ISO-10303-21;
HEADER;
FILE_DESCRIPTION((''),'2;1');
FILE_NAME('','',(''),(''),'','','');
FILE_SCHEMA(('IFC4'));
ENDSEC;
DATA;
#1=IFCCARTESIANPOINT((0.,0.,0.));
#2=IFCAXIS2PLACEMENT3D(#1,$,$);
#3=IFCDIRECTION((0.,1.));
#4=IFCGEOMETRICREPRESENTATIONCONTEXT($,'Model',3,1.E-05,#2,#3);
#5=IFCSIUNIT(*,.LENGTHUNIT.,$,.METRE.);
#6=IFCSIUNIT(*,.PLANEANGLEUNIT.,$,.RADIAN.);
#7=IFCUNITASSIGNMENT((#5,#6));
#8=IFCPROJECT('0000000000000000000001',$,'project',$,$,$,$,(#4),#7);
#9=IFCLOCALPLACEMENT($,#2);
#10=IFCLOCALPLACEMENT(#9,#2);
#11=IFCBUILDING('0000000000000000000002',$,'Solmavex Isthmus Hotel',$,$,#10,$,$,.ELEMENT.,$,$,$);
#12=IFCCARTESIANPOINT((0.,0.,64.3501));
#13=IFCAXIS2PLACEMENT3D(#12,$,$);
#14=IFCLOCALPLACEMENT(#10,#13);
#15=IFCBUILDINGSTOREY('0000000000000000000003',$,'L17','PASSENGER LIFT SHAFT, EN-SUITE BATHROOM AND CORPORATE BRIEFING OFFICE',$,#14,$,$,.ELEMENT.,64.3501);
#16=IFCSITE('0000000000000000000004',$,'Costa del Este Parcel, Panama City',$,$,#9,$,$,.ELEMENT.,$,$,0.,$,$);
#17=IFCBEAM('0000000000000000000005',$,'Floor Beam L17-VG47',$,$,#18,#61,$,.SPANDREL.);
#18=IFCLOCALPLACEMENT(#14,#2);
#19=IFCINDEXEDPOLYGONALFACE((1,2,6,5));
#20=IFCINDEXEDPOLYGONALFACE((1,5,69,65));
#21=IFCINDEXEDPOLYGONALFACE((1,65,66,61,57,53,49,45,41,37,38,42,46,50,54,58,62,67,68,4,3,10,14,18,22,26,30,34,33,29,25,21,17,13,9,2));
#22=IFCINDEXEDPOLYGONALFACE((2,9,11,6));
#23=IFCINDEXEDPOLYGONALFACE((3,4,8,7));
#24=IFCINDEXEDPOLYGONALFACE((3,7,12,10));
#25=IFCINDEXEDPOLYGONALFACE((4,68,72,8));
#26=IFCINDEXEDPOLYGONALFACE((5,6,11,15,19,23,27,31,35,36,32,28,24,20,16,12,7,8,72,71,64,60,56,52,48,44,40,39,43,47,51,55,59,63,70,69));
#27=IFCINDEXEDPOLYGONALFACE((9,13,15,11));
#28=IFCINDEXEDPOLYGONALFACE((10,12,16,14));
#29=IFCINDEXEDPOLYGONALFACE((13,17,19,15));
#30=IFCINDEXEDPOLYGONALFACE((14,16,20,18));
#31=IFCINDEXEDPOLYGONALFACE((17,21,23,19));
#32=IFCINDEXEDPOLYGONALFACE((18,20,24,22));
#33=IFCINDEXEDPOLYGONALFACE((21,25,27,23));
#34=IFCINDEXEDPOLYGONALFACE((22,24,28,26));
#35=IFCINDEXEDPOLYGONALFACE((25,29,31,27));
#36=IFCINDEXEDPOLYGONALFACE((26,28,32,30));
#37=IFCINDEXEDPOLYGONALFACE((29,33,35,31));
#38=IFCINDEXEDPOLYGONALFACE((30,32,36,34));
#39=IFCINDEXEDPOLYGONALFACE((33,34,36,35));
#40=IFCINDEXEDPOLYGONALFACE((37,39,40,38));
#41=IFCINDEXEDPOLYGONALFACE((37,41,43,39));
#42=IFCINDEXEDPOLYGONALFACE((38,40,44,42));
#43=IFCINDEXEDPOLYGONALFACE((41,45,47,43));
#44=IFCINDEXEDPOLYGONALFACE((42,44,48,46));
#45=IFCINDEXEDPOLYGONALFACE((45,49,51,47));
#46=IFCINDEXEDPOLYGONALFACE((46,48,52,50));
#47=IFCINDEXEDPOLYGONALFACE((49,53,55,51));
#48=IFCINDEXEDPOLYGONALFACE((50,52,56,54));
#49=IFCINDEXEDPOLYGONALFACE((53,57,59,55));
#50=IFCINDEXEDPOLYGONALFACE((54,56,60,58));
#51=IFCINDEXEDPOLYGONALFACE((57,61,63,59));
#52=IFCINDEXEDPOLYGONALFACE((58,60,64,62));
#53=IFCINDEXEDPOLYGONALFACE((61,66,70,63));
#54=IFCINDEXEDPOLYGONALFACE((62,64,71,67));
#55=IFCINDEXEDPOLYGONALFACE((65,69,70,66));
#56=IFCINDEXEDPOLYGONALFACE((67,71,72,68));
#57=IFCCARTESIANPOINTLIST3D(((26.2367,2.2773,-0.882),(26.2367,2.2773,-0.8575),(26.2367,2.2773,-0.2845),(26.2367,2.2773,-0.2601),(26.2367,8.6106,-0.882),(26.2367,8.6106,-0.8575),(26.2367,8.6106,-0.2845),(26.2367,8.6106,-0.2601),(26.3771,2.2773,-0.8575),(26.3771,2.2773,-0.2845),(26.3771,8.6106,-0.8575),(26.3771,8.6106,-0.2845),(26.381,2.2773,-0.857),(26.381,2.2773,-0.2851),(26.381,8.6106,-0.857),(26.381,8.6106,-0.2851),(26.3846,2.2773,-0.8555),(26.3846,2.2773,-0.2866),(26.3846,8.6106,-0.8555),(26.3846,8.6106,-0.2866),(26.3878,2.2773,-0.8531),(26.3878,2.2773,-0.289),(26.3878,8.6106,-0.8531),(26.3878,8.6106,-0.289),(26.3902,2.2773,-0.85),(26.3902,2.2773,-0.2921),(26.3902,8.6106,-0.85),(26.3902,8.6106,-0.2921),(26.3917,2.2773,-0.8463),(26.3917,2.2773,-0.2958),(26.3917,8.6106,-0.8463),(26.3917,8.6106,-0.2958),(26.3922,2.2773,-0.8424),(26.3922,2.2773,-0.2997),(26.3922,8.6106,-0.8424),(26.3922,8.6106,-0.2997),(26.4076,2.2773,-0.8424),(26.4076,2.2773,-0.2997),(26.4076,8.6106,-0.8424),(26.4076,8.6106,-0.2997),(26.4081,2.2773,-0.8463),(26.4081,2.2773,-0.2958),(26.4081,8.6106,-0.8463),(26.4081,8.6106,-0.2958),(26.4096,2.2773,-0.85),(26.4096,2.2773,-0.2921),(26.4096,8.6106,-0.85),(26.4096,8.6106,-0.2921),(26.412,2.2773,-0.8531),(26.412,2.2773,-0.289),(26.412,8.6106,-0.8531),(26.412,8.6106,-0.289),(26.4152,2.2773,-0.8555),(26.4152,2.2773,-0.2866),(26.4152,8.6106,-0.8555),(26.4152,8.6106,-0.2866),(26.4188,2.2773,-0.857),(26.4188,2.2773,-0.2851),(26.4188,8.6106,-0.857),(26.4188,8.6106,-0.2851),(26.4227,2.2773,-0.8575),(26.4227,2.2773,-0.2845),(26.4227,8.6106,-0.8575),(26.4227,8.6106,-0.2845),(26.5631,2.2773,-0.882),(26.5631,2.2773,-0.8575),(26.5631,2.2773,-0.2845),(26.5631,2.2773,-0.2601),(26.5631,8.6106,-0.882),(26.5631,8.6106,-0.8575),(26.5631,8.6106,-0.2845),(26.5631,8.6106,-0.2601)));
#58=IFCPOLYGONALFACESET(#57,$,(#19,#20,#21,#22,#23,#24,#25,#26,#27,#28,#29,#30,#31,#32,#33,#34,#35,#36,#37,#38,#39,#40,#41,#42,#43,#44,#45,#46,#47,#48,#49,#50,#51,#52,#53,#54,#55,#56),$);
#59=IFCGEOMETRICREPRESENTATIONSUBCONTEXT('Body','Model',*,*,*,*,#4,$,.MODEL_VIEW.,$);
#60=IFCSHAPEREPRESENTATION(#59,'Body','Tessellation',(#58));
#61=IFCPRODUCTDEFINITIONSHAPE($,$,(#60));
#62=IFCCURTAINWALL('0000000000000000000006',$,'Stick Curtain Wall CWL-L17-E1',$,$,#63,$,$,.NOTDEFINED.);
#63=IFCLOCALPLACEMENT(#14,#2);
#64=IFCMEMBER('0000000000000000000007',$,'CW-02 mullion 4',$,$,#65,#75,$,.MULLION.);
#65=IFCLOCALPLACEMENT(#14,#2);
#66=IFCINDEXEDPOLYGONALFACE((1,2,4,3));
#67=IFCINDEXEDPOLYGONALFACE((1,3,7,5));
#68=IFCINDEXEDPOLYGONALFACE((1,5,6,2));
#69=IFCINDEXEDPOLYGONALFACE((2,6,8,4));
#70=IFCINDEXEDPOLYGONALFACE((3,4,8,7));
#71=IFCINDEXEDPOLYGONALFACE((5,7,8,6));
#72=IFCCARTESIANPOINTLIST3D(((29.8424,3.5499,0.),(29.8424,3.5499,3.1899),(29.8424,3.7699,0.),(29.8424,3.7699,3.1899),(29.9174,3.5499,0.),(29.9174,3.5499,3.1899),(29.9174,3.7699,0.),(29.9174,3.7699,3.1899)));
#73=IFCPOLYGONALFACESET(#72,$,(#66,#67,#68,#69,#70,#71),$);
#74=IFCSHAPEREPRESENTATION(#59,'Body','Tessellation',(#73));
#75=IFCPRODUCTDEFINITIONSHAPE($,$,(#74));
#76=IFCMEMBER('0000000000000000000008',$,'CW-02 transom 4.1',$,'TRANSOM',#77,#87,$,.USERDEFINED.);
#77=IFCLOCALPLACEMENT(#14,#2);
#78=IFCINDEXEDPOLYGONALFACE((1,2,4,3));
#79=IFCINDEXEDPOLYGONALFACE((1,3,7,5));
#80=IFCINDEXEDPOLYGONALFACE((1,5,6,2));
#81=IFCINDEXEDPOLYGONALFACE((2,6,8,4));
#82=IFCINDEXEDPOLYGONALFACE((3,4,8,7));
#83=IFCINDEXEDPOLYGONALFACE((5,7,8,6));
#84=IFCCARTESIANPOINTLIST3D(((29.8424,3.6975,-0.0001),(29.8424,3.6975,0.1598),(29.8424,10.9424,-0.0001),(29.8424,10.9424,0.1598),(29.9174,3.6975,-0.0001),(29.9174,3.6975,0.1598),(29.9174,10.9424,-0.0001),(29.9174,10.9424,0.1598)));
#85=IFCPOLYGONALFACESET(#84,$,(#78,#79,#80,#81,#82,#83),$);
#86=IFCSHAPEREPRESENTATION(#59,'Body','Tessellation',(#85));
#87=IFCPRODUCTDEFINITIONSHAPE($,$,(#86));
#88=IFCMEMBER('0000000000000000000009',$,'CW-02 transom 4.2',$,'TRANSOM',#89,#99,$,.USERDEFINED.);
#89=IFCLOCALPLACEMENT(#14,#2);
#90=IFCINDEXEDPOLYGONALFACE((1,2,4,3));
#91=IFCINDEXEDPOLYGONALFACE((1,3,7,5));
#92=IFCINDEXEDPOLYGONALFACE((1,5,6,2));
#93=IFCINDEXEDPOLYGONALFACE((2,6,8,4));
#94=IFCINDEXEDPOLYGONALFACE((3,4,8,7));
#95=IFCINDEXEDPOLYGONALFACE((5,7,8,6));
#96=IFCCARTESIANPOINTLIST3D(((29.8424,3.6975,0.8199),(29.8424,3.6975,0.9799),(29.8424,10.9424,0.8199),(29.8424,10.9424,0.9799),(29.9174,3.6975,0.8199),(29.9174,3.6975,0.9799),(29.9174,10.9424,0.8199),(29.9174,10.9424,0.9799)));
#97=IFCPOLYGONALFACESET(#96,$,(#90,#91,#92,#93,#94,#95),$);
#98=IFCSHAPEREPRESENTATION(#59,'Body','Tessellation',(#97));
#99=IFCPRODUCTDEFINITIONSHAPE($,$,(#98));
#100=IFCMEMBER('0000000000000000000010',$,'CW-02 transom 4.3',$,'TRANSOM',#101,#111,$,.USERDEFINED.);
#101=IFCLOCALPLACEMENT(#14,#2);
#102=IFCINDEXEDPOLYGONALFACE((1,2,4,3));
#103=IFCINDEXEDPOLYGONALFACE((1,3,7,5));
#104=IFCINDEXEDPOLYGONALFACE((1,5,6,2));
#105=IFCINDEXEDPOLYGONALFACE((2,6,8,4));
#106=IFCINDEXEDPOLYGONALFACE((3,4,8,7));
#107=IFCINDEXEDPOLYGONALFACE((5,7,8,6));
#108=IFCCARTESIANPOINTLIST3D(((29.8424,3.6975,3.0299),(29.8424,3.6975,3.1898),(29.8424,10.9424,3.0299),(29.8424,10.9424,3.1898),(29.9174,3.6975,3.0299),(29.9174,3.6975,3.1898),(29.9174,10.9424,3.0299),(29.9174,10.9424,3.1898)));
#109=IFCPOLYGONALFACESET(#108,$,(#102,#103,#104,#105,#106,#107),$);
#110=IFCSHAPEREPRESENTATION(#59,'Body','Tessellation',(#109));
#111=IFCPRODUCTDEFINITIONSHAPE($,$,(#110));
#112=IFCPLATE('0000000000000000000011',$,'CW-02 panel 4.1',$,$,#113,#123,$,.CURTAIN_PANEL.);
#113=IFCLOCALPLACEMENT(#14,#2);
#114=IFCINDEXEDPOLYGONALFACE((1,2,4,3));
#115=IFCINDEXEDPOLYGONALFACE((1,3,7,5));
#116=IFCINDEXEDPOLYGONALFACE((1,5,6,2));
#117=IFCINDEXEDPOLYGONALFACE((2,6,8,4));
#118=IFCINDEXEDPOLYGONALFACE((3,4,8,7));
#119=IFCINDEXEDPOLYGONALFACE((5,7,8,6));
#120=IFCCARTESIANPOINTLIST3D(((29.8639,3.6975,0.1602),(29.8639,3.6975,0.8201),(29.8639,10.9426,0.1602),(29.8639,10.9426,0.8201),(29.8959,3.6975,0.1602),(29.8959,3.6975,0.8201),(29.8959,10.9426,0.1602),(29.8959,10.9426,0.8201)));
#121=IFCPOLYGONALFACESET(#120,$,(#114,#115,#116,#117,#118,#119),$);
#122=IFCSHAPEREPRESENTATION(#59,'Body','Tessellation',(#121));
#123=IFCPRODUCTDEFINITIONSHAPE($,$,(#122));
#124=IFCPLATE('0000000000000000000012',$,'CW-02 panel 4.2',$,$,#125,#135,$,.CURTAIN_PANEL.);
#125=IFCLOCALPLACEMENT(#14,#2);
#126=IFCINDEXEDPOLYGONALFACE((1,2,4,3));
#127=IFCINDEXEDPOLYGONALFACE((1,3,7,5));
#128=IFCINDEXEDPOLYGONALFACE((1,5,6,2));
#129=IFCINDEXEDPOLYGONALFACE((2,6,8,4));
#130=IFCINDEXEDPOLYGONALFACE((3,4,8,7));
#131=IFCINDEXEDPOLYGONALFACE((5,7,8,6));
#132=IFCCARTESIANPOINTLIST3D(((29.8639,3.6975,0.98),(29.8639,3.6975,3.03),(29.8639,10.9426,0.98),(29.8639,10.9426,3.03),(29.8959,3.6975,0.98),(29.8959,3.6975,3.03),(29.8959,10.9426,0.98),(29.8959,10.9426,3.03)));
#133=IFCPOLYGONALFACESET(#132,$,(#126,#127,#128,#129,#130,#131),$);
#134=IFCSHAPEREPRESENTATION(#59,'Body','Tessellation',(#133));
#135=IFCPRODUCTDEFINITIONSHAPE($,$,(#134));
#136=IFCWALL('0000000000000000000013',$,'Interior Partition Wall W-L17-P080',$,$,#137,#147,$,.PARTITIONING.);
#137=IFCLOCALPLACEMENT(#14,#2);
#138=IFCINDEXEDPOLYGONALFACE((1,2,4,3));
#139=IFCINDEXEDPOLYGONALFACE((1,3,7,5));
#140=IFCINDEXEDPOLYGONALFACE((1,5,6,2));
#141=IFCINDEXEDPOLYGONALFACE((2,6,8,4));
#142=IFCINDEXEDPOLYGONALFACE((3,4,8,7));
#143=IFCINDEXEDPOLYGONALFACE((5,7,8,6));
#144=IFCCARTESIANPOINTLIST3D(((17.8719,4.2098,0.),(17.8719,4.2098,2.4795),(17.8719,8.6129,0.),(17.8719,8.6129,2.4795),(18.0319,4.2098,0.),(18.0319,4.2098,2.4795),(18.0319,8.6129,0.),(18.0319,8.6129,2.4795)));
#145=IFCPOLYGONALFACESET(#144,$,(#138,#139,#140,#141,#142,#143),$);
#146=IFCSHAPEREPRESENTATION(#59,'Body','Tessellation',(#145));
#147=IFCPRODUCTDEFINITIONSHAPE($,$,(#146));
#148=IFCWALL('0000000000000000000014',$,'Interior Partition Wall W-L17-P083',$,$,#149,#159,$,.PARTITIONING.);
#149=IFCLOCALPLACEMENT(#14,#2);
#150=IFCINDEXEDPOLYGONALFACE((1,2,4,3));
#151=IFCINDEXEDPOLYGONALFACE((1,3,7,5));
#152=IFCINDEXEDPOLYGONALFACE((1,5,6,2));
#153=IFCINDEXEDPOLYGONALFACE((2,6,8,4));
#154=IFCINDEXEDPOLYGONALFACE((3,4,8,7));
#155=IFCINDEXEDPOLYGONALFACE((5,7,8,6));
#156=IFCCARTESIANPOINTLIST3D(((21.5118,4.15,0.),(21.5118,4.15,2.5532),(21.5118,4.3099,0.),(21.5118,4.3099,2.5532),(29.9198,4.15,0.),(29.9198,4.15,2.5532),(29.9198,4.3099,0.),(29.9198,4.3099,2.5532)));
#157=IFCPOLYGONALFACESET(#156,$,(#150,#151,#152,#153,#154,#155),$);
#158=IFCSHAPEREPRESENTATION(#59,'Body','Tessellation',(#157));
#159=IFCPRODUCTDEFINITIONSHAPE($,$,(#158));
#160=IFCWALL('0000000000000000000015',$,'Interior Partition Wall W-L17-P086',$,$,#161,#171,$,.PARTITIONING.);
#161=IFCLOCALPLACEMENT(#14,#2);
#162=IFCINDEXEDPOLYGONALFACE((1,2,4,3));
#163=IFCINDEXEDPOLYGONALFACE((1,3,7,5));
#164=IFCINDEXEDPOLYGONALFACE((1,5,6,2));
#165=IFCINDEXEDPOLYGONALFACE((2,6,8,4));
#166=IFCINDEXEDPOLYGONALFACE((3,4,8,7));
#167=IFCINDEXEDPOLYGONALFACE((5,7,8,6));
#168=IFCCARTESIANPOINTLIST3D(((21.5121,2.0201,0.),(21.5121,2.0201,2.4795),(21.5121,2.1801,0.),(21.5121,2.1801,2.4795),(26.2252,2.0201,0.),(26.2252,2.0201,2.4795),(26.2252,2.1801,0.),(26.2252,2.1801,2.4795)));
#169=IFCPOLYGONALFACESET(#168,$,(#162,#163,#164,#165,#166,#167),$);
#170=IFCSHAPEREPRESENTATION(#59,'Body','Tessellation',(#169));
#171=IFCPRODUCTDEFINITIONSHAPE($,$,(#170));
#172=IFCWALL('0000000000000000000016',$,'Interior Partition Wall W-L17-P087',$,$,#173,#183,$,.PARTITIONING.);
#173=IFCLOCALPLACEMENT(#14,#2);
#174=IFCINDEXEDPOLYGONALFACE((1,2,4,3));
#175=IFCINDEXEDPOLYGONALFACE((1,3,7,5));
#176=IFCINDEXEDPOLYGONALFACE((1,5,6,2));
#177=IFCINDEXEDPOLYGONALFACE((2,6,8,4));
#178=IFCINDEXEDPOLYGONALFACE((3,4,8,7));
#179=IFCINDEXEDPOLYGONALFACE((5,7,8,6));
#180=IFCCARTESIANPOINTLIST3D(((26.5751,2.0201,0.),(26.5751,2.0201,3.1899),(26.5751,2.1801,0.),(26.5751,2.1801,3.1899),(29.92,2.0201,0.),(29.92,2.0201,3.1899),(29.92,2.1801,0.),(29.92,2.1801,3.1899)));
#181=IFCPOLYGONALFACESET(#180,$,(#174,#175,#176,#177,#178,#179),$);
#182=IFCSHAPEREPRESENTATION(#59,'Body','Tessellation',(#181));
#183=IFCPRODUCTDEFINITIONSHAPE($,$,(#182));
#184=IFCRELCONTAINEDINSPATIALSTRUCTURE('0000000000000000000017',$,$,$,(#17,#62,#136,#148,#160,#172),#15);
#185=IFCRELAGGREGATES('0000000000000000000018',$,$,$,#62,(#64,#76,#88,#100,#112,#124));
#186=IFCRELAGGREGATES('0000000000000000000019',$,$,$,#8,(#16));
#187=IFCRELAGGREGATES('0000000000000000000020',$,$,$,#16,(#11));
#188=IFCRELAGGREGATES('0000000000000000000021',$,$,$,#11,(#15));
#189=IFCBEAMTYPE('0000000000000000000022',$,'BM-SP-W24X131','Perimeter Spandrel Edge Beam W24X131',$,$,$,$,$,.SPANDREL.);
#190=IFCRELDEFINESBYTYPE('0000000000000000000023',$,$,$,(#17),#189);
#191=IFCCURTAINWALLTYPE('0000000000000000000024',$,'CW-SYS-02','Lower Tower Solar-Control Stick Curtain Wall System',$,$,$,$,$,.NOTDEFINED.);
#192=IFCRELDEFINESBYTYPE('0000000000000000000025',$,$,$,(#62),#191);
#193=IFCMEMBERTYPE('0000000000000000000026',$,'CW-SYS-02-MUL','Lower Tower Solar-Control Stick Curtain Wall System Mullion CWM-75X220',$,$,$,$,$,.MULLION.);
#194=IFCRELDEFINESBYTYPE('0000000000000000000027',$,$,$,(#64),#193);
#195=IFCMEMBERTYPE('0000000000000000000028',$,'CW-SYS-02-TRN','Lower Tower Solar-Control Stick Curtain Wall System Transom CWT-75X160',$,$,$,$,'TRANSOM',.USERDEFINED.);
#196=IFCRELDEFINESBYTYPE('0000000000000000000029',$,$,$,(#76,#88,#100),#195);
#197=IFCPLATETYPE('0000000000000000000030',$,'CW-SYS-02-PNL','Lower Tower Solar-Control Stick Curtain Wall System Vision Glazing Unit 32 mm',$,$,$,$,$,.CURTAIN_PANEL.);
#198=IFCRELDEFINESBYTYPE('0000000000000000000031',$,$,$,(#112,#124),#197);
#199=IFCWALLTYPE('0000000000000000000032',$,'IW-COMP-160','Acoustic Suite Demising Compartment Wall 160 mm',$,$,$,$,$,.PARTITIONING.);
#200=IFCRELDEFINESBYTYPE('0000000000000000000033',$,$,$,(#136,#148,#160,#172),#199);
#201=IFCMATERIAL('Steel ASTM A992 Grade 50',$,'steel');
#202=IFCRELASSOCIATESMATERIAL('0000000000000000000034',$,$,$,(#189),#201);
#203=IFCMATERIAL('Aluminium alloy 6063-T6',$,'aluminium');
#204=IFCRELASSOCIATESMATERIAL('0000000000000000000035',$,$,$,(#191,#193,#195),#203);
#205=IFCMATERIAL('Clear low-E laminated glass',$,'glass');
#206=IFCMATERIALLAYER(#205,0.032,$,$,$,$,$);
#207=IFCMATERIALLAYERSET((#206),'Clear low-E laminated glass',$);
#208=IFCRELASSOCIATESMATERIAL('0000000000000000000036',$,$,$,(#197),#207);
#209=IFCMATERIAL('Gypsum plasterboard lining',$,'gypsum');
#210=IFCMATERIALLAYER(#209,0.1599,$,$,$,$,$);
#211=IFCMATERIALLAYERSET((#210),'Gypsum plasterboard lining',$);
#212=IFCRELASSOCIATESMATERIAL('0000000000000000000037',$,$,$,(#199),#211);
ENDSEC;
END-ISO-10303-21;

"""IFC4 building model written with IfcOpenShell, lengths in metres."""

from ifc_helpers import new_model, si_unit, direction, frame, frame_2d, origin, origin_2d, place, context, subcontext, project, spatial, rectangle, i_section, extrude, material, layer, layer_set, material_profile, profile_set, type_object, element, aggregate, save


model = new_model("IFC4")

# Units and contexts
model_context = context("Model", 3, precision=1e-05, world=origin(), true_north=direction((0.0, 1.0)))
body_context = subcontext(model_context, "Body", "Model", "MODEL_VIEW")
ifc_project = project(units=[si_unit("LENGTHUNIT", "METRE"), si_unit("PLANEANGLEUNIT", "RADIAN")], contexts=[model_context])

# Site, building, storey
site_placement = place(None, origin())
site = spatial("IfcSite", under=ifc_project, at=site_placement, Name="Costa del Este Parcel, Panama City", CompositionType="ELEMENT", RefElevation=0.0)
building_placement = place(site_placement, origin())
building = spatial("IfcBuilding", under=site, at=building_placement, Name="Solmavex Isthmus Hotel", CompositionType="ELEMENT")
storey_placement = place(building_placement, frame((0.0, 0.0, 64.3501)))
storey = spatial("IfcBuildingStorey", under=building, at=storey_placement, Name="L17", Description="PASSENGER LIFT SHAFT, EN-SUITE BATHROOM AND CORPORATE BRIEFING OFFICE", CompositionType="ELEMENT", Elevation=64.3501)

# Beam
ifc_material_1 = material(Name="Steel ASTM A992 Grade 50", Category="steel")
ifc_material_profile_1 = material_profile(ifc_material_1, i_section(OverallWidth=0.3264, OverallDepth=0.6218, WebThickness=0.0154, FlangeThickness=0.0244, FilletRadius=0.0151, at=origin_2d()), Name="W24X131")
ifc_profile_set_1 = profile_set([ifc_material_profile_1], Name="Steel ASTM A992 Grade 50")
beam_type_1 = type_object("IfcBeamType", Name="BM-SP-W24X131", Description="Perimeter Spandrel Edge Beam W24X131", PredefinedType="SPANDREL", material=ifc_profile_set_1)
beam_1_placement = place(storey_placement, frame((26.3999, 2.2773, -0.571), z_axis=(0.0, 1.0, 0.0), x_axis=(-1.0, 0.0, 0.0)))
element("IfcBeam", 1, at=beam_1_placement, inside=storey, type_object=beam_type_1, Name="Floor Beam L17-VG47", PredefinedType="SPANDREL", context=body_context, shape_type="SweptSolid", body=[
    extrude(i_section(OverallWidth=0.3264, OverallDepth=0.6218, WebThickness=0.0154, FlangeThickness=0.0244, FilletRadius=0.0151, at=origin_2d()), origin(), (0.0, 0.0, 1.0), 6.3333),
])

# Curtain wall, members, plates
ifc_material_2 = material(Name="Aluminium alloy 6063-T6", Category="aluminium")
curtain_wall_type = type_object("IfcCurtainWallType", Name="CW-SYS-02", Description="Lower Tower Solar-Control Stick Curtain Wall System", PredefinedType="NOTDEFINED", material=ifc_material_2)
curtain_wall_placement = place(storey_placement, origin())
curtain_wall = element("IfcCurtainWall", 2, at=curtain_wall_placement, inside=storey, type_object=curtain_wall_type, Name="Stick Curtain Wall CWL-L17-E1", PredefinedType="NOTDEFINED")
ifc_material_profile_2 = material_profile(ifc_material_2, rectangle(XDim=0.075, YDim=0.22, at=origin_2d()), Name="CWM-75X220")
ifc_profile_set_2 = profile_set([ifc_material_profile_2], Name="Aluminium alloy 6063-T6")
member_type_1 = type_object("IfcMemberType", Name="CW-SYS-02-MUL", Description="Lower Tower Solar-Control Stick Curtain Wall System Mullion CWM-75X220", PredefinedType="MULLION", material=ifc_profile_set_2)
member_1_placement = place(storey_placement, frame((29.8799, 3.6599, 0.0), z_axis=(0.0, 0.0, 1.0), x_axis=(-1.0, 0.0, 0.0)))
member_1 = element("IfcMember", 3, at=member_1_placement, type_object=member_type_1, Name="CW-02 mullion 4", PredefinedType="MULLION", context=body_context, shape_type="SweptSolid", body=[
    extrude(rectangle(XDim=0.075, YDim=0.22, at=origin_2d()), origin(), (0.0, 0.0, 1.0), 3.1899),
])
ifc_material_profile_3 = material_profile(ifc_material_2, rectangle(XDim=0.075, YDim=0.1599, at=origin_2d()), Name="CWT-75X160")
ifc_profile_set_3 = profile_set([ifc_material_profile_3], Name="Aluminium alloy 6063-T6")
member_type_2 = type_object("IfcMemberType", Name="CW-SYS-02-TRN", Description="Lower Tower Solar-Control Stick Curtain Wall System Transom CWT-75X160", ElementType="TRANSOM", PredefinedType="USERDEFINED", material=ifc_profile_set_3)
member_2_placement = place(storey_placement, frame((29.8799, 3.6975, 0.0798), z_axis=(0.0, 1.0, 0.0), x_axis=(-1.0, 0.0, 0.0)))
member_2 = element("IfcMember", 4, at=member_2_placement, type_object=member_type_2, Name="CW-02 transom 4.1", ObjectType="TRANSOM", PredefinedType="USERDEFINED", context=body_context, shape_type="SweptSolid", body=[
    extrude(rectangle(XDim=0.075, YDim=0.1599, at=origin_2d()), origin(), (0.0, 0.0, 1.0), 7.2449),
])
member_3_placement = place(storey_placement, frame((29.8799, 3.6975, 0.8999), z_axis=(0.0, 1.0, 0.0), x_axis=(-1.0, 0.0, 0.0)))
member_3 = element("IfcMember", 5, at=member_3_placement, type_object=member_type_2, Name="CW-02 transom 4.2", ObjectType="TRANSOM", PredefinedType="USERDEFINED", context=body_context, shape_type="SweptSolid", body=[
    extrude(rectangle(XDim=0.075, YDim=0.1599, at=origin_2d()), origin(), (0.0, 0.0, 1.0), 7.2449),
])
member_4_placement = place(storey_placement, frame((29.8799, 3.6975, 3.1099), z_axis=(0.0, 1.0, 0.0), x_axis=(-1.0, 0.0, 0.0)))
member_4 = element("IfcMember", 6, at=member_4_placement, type_object=member_type_2, Name="CW-02 transom 4.3", ObjectType="TRANSOM", PredefinedType="USERDEFINED", context=body_context, shape_type="SweptSolid", body=[
    extrude(rectangle(XDim=0.075, YDim=0.1599, at=origin_2d()), origin(), (0.0, 0.0, 1.0), 7.2449),
])
ifc_material_3 = material(Name="Clear low-E laminated glass", Category="glass")
ifc_layer_1 = layer(ifc_material_3, 0.032)
ifc_layer_set_1 = layer_set([ifc_layer_1], Name="Clear low-E laminated glass")
plate_type = type_object("IfcPlateType", Name="CW-SYS-02-PNL", Description="Lower Tower Solar-Control Stick Curtain Wall System Vision Glazing Unit 32 mm", PredefinedType="CURTAIN_PANEL", material=ifc_layer_set_1)
plate_1_placement = place(storey_placement, frame((29.8799, 7.3201, 0.1602), z_axis=(0.0, 0.0, 1.0), x_axis=(0.0, 1.0, 0.0)))
plate_1 = element("IfcPlate", 7, at=plate_1_placement, type_object=plate_type, Name="CW-02 panel 4.1", PredefinedType="CURTAIN_PANEL", context=body_context, shape_type="SweptSolid", body=[
    extrude(rectangle(XDim=7.2451, YDim=0.032, at=origin_2d()), origin(), (0.0, 0.0, 1.0), 0.6599),
])
plate_2_placement = place(storey_placement, frame((29.8799, 7.3201, 0.98), z_axis=(0.0, 0.0, 1.0), x_axis=(0.0, 1.0, 0.0)))
plate_2 = element("IfcPlate", 8, at=plate_2_placement, type_object=plate_type, Name="CW-02 panel 4.2", PredefinedType="CURTAIN_PANEL", context=body_context, shape_type="SweptSolid", body=[
    extrude(rectangle(XDim=7.2451, YDim=0.032, at=origin_2d()), origin(), (0.0, 0.0, 1.0), 2.05),
])
aggregate(curtain_wall, [member_1, member_2, member_3, member_4, plate_1, plate_2])

# Walls
ifc_material_4 = material(Name="Gypsum plasterboard lining", Category="gypsum")
ifc_layer_2 = layer(ifc_material_4, 0.1599)
ifc_layer_set_2 = layer_set([ifc_layer_2], Name="Gypsum plasterboard lining")
wall_type_1 = type_object("IfcWallType", Name="IW-COMP-160", Description="Acoustic Suite Demising Compartment Wall 160 mm", PredefinedType="PARTITIONING", material=ifc_layer_set_2)
wall_1_placement = place(storey_placement, frame((17.9519, 8.613, 0.0), z_axis=(0.0, 0.0, 1.0), x_axis=(0.0, -1.0, 0.0)))
element("IfcWall", 9, at=wall_1_placement, inside=storey, type_object=wall_type_1, Name="Interior Partition Wall W-L17-P080", PredefinedType="PARTITIONING", context=body_context, shape_type="SweptSolid", body=[
    extrude(rectangle(XDim=4.4031, YDim=0.1599, at=frame_2d((2.2017, 0.0))), origin(), (0.0, 0.0, 1.0), 2.4795),
])
wall_2_placement = place(storey_placement, frame((29.9199, 4.23, 0.0), z_axis=(0.0, 0.0, 1.0), x_axis=(-1.0, 0.0, 0.0)))
element("IfcWall", 10, at=wall_2_placement, inside=storey, type_object=wall_type_1, Name="Interior Partition Wall W-L17-P083", PredefinedType="PARTITIONING", context=body_context, shape_type="SweptSolid", body=[
    extrude(rectangle(XDim=8.408, YDim=0.1599, at=frame_2d((4.2041, 0.0))), origin(), (0.0, 0.0, 1.0), 2.5532),
])
wall_3_placement = place(storey_placement, frame((26.2251, 2.1001, 0.0), z_axis=(0.0, 0.0, 1.0), x_axis=(-1.0, 0.0, 0.0)))
element("IfcWall", 11, at=wall_3_placement, inside=storey, type_object=wall_type_1, Name="Interior Partition Wall W-L17-P086", PredefinedType="PARTITIONING", context=body_context, shape_type="SweptSolid", body=[
    extrude(rectangle(XDim=4.7131, YDim=0.1599, at=frame_2d((2.3564, 0.0))), origin(), (0.0, 0.0, 1.0), 2.4795),
])
wall_4_placement = place(storey_placement, frame((29.9199, 2.1001, 0.0), z_axis=(0.0, 0.0, 1.0), x_axis=(-1.0, 0.0, 0.0)))
element("IfcWall", 12, at=wall_4_placement, inside=storey, type_object=wall_type_1, Name="Interior Partition Wall W-L17-P087", PredefinedType="PARTITIONING", context=body_context, shape_type="SweptSolid", body=[
    extrude(rectangle(XDim=3.345, YDim=0.1599, at=frame_2d((1.6724, 0.0))), origin(), (0.0, 0.0, 1.0), 3.1899),
])

save(model, "model.ifc")
